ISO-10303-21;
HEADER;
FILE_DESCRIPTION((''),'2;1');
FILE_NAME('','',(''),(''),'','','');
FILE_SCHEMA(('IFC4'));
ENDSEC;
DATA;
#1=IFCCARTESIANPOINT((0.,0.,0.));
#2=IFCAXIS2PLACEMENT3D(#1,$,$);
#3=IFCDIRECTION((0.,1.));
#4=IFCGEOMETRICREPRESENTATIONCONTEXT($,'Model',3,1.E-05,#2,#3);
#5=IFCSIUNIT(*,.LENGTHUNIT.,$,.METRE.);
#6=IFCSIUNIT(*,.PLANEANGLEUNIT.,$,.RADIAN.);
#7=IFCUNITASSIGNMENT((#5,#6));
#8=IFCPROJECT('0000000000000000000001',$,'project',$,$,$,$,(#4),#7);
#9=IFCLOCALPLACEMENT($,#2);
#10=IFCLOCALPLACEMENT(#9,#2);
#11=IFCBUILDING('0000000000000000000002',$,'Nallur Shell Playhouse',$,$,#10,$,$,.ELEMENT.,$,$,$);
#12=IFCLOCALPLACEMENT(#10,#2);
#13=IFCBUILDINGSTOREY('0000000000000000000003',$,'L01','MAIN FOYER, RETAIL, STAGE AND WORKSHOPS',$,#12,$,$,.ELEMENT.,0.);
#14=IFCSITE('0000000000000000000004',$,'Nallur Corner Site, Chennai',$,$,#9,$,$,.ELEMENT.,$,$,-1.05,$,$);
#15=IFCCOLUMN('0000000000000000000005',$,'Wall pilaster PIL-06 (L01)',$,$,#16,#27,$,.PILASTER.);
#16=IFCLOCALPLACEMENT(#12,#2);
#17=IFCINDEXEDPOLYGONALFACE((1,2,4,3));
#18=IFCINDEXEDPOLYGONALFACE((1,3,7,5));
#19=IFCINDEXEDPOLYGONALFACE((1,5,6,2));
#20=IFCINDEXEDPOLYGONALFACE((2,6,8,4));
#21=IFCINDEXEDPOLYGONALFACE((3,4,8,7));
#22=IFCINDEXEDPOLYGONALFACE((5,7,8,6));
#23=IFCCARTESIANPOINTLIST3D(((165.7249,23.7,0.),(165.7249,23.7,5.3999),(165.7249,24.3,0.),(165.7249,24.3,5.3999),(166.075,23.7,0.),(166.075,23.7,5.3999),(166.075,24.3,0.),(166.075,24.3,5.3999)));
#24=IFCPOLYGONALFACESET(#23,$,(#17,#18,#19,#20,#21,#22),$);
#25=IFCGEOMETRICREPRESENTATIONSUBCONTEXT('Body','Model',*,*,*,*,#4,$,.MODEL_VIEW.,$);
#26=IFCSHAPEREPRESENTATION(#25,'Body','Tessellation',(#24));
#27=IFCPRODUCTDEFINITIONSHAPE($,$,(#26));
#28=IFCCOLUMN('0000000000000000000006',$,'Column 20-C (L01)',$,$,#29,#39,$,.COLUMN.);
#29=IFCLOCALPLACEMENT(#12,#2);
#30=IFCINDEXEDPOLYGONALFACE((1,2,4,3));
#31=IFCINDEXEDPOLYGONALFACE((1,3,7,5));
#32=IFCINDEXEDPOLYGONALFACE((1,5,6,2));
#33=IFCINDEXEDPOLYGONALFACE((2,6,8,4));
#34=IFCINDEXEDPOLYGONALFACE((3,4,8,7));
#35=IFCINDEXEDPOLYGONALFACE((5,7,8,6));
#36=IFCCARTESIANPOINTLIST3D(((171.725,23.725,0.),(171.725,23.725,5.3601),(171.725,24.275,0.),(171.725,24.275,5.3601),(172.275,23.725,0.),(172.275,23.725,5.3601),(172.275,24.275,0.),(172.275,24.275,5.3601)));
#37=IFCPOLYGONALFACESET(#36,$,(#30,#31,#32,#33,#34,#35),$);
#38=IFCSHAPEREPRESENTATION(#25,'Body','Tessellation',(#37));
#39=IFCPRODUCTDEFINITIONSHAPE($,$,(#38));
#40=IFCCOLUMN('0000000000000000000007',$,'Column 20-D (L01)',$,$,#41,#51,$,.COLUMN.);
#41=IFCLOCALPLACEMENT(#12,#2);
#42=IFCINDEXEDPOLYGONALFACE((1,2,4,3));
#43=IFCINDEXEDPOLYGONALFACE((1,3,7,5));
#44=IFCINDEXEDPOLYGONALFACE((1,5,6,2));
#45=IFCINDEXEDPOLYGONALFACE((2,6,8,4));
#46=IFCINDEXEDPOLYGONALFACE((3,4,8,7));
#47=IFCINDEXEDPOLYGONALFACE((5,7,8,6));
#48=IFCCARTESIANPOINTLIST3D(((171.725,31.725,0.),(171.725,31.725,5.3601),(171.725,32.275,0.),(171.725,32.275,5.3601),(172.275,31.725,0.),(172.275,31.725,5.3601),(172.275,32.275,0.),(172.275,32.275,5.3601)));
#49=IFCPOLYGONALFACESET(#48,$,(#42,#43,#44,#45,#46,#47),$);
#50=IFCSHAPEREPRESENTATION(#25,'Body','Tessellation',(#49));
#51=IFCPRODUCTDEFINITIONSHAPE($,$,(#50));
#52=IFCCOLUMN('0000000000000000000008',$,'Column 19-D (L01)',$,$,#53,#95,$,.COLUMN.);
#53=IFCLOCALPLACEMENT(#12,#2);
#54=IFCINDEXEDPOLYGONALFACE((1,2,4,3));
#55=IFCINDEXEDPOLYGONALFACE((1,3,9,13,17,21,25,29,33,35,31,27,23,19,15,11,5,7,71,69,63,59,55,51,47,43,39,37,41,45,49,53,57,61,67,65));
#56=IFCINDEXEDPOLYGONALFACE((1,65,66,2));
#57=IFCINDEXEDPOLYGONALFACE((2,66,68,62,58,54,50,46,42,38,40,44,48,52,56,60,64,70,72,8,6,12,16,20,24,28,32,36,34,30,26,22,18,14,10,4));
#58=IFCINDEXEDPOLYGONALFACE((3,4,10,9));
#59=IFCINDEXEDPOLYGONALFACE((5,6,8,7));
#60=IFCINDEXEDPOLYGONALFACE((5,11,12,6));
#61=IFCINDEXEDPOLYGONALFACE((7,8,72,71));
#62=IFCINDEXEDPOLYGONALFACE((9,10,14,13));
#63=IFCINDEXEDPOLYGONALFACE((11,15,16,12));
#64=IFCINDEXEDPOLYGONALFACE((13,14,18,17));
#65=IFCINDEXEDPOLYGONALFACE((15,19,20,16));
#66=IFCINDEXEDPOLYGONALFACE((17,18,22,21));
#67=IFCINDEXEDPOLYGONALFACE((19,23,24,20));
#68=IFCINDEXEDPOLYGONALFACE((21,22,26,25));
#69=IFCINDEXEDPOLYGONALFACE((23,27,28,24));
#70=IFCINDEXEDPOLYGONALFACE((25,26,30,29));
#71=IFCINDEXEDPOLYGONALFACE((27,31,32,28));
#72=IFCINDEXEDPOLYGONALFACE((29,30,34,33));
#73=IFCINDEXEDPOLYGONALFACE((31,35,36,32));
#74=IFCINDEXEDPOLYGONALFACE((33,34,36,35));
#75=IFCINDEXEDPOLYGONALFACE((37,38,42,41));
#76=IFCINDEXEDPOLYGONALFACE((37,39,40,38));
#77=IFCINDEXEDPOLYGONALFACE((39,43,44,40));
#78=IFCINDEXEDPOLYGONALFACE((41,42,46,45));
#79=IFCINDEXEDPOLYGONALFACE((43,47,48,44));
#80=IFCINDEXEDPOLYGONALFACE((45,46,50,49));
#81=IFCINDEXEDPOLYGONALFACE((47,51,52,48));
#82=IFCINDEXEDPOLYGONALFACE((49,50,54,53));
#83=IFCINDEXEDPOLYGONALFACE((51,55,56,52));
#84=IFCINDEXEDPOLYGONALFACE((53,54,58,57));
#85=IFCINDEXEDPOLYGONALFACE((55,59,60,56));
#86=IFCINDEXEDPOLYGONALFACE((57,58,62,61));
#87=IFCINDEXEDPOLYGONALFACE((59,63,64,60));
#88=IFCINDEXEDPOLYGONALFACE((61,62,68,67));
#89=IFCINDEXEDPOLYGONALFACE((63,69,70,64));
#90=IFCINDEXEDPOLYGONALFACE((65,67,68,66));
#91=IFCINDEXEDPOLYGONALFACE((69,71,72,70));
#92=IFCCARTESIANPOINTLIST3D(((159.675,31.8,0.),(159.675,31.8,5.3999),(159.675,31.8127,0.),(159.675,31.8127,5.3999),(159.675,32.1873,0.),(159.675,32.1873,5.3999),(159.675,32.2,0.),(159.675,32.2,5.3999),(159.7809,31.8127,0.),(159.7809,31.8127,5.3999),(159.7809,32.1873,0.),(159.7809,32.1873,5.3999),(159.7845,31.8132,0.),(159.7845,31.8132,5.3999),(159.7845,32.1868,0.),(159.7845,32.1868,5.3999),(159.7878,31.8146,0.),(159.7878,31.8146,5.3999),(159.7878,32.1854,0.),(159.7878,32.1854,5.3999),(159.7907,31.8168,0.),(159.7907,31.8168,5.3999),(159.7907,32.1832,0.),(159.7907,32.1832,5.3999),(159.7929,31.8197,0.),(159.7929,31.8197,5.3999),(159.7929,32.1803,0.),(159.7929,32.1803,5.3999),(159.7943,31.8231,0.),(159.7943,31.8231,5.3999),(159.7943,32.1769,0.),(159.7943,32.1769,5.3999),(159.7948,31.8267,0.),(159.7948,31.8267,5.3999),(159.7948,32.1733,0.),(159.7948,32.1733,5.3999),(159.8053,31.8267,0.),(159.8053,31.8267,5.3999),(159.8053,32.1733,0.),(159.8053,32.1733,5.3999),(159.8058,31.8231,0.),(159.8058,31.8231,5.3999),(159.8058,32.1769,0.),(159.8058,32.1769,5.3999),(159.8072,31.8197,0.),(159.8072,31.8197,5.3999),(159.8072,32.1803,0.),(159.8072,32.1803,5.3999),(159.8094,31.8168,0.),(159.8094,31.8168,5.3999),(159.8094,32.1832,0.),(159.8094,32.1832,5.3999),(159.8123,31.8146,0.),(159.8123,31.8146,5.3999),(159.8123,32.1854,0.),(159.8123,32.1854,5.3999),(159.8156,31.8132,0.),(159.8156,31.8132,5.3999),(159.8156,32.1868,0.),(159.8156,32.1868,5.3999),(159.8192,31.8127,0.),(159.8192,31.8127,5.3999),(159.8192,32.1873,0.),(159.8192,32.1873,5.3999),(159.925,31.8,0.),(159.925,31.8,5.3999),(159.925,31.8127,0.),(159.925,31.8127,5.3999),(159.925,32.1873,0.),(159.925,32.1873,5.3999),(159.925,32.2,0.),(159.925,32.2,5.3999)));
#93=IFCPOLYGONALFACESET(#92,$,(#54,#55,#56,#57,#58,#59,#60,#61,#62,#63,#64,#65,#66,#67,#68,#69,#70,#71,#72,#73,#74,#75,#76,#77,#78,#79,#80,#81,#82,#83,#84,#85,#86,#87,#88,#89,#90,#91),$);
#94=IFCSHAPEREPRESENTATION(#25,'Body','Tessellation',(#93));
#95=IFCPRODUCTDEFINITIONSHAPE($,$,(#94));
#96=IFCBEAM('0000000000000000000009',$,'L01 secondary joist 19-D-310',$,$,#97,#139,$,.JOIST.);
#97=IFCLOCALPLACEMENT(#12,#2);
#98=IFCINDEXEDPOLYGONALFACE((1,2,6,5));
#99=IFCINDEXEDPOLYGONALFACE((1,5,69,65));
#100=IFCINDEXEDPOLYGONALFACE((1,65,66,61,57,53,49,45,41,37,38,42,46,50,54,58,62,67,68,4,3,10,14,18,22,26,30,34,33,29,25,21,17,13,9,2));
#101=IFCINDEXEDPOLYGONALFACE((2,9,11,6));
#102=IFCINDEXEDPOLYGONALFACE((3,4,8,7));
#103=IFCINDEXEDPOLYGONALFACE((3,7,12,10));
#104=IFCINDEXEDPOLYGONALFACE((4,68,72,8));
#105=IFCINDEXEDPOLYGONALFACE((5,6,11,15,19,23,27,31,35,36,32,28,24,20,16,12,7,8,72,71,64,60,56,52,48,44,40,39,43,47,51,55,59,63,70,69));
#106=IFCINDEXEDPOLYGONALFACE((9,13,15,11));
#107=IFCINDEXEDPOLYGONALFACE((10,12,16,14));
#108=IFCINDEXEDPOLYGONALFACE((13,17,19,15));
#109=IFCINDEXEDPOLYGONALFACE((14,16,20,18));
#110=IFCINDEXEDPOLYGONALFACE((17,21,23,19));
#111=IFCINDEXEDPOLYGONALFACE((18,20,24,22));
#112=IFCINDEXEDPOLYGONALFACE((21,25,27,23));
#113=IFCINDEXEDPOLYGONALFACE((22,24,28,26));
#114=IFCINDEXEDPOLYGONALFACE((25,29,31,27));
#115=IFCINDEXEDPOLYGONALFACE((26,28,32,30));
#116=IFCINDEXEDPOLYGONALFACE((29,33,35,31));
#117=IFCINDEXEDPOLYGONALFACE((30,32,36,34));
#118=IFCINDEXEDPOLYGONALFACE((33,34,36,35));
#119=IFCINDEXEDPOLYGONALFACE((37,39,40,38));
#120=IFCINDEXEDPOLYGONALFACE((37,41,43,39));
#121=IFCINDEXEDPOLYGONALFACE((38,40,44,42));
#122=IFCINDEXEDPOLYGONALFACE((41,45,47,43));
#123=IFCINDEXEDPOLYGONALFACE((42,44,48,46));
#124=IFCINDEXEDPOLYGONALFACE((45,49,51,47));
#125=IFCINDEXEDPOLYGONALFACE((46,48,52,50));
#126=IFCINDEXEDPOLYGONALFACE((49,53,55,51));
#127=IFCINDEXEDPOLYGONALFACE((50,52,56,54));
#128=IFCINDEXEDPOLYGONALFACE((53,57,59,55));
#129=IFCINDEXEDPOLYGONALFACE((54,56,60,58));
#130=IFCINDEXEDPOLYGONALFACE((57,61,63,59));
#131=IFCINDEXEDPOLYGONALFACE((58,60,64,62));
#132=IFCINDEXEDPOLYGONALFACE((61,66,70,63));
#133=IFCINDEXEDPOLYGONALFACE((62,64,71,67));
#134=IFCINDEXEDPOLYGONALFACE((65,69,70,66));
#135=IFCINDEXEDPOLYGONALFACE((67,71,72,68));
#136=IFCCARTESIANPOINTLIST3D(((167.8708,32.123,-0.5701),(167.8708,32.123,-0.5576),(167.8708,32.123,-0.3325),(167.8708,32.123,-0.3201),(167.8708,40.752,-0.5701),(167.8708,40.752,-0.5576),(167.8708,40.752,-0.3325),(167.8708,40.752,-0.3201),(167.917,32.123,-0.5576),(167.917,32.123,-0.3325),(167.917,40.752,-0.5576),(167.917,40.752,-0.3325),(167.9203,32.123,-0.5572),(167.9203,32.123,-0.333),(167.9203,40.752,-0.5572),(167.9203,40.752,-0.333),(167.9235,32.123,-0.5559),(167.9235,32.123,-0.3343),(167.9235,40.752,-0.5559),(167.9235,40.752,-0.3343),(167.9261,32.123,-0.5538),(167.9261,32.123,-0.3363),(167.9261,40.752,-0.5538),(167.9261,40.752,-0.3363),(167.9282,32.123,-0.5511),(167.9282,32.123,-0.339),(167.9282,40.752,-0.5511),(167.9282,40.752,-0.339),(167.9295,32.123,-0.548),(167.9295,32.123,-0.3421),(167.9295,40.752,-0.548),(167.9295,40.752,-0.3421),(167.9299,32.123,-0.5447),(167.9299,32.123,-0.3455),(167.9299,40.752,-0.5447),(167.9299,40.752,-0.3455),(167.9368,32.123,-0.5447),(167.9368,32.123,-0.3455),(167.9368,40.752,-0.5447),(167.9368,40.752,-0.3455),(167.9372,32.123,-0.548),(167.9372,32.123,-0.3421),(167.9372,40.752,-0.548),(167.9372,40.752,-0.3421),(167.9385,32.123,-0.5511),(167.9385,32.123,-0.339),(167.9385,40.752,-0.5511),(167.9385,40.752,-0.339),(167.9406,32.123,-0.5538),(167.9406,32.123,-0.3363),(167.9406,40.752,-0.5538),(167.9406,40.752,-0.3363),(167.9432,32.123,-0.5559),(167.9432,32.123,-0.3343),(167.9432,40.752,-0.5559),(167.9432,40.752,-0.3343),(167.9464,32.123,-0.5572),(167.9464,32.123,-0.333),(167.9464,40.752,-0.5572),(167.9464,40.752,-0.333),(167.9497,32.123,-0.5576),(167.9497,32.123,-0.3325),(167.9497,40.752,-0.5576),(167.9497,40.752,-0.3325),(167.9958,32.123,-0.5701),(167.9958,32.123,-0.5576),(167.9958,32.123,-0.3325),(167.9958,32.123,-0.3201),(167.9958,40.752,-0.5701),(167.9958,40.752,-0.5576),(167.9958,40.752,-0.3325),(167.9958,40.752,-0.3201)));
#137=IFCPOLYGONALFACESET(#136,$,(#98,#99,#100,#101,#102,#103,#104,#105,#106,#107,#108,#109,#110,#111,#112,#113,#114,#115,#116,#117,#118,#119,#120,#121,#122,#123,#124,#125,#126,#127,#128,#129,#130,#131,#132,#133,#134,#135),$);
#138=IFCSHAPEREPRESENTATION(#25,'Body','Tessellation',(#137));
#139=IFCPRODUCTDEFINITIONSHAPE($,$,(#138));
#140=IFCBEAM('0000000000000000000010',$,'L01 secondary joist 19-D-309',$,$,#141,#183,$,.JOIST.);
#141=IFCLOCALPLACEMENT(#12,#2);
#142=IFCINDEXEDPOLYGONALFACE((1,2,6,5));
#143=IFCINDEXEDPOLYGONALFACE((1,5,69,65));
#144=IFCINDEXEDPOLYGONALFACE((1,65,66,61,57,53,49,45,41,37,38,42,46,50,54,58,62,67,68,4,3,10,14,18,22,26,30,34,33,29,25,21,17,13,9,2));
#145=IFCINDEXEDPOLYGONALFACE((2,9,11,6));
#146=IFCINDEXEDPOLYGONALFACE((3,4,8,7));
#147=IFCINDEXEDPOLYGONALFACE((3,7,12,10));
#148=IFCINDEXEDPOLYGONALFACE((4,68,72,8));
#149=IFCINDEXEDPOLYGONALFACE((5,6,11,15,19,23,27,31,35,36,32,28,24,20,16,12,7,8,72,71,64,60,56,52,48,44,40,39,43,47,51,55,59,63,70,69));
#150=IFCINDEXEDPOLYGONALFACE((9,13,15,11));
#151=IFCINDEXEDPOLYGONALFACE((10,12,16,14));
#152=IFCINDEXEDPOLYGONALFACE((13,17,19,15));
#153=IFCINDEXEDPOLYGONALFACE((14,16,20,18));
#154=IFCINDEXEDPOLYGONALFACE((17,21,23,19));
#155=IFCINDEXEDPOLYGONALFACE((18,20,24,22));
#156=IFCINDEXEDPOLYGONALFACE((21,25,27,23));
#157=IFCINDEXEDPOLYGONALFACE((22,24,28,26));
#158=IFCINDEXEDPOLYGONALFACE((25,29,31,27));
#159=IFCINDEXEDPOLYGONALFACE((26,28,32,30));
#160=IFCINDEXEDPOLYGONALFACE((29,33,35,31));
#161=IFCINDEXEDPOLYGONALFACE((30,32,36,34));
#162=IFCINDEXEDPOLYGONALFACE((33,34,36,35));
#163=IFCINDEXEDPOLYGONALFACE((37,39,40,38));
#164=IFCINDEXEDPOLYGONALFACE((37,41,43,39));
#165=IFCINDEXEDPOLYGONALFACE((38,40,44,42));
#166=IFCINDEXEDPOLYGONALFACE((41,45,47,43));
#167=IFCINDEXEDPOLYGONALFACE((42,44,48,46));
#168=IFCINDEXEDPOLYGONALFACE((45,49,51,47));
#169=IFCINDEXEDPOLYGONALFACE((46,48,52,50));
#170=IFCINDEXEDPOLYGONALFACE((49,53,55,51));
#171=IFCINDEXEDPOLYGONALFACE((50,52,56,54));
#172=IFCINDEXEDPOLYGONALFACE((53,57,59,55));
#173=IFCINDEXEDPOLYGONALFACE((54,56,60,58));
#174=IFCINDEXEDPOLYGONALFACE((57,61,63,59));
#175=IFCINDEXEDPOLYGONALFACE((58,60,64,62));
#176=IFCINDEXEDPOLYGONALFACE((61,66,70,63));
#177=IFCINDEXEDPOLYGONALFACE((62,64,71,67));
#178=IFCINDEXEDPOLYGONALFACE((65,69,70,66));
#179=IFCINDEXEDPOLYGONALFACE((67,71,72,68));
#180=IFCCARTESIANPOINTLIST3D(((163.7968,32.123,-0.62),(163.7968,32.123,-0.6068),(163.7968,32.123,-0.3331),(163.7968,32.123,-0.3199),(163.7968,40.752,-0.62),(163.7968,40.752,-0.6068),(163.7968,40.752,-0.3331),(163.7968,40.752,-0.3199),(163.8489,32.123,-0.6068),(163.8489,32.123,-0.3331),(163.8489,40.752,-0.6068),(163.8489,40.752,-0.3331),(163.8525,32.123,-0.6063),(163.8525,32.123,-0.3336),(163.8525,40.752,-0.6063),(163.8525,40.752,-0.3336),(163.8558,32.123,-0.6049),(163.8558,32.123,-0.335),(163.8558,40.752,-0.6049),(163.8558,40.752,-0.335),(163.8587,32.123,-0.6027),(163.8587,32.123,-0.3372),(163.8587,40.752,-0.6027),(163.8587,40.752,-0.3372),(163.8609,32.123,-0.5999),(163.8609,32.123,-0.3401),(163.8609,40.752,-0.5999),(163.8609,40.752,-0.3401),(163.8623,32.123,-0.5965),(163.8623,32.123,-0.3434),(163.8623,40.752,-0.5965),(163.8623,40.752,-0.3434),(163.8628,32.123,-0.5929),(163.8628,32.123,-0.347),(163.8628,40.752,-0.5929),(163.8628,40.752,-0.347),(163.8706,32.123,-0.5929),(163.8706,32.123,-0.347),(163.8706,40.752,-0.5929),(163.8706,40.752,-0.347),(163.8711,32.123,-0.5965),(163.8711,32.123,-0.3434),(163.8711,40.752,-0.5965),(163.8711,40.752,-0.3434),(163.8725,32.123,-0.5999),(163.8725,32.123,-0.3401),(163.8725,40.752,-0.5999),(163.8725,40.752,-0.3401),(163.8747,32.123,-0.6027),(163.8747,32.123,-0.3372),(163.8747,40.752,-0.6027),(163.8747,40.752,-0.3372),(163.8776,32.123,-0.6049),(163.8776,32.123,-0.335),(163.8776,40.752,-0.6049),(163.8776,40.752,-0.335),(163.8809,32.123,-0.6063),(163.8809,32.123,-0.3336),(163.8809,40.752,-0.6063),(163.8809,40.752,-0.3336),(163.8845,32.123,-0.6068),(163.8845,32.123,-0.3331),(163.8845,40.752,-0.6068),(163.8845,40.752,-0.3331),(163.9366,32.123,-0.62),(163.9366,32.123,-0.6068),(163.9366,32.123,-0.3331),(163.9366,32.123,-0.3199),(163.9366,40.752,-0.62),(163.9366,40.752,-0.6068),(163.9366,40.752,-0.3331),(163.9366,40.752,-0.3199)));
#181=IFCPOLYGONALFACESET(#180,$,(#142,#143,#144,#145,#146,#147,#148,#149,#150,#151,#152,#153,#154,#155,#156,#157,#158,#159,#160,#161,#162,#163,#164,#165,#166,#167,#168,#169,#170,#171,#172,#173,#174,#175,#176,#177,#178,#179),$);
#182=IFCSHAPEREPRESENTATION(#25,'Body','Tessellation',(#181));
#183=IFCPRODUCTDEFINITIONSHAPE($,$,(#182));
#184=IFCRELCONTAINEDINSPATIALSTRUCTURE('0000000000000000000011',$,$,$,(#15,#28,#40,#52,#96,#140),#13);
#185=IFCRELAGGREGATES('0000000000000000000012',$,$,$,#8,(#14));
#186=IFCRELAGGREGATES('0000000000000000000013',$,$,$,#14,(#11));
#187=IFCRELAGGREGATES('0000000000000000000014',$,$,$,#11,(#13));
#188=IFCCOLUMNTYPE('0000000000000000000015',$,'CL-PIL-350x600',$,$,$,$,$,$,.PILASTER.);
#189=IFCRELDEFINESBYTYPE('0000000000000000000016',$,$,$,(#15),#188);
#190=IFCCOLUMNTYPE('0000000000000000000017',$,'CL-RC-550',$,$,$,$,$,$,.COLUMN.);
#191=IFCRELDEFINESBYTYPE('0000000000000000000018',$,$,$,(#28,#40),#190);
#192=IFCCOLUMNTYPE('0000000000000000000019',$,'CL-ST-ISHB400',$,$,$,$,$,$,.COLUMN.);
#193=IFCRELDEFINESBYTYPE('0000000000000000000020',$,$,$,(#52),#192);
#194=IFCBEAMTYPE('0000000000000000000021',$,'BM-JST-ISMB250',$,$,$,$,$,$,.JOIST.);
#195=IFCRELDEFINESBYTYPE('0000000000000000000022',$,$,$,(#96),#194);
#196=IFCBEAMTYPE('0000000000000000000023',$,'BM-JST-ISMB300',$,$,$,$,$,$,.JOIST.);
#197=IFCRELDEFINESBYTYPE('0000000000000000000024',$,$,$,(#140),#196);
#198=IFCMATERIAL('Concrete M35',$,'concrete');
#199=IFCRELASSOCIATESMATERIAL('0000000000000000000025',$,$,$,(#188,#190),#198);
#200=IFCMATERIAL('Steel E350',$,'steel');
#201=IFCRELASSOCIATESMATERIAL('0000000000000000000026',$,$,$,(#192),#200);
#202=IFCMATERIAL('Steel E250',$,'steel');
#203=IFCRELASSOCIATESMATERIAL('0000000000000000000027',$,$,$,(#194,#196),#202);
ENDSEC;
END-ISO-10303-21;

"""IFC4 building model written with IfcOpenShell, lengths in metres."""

from ifc_helpers import new_model, si_unit, direction, frame, origin, origin_2d, place, context, subcontext, project, spatial, rectangle, i_section, extrude, material, material_profile, profile_set, type_object, element, save


model = new_model("IFC4")

# Units and contexts
model_context = context("Model", 3, precision=1e-05, world=origin(), true_north=direction((0.0, 1.0)))
body_context = subcontext(model_context, "Body", "Model", "MODEL_VIEW")
ifc_project = project(units=[si_unit("LENGTHUNIT", "METRE"), si_unit("PLANEANGLEUNIT", "RADIAN")], contexts=[model_context])

# Site, building, storey
site_placement = place(None, origin())
site = spatial("IfcSite", under=ifc_project, at=site_placement, Name="Nallur Corner Site, Chennai", CompositionType="ELEMENT", RefElevation=-1.05)
building_placement = place(site_placement, origin())
building = spatial("IfcBuilding", under=site, at=building_placement, Name="Nallur Shell Playhouse", CompositionType="ELEMENT")
storey_placement = place(building_placement, origin())
storey = spatial("IfcBuildingStorey", under=building, at=storey_placement, Name="L01", Description="MAIN FOYER, RETAIL, STAGE AND WORKSHOPS", CompositionType="ELEMENT", Elevation=0.0)

# Columns
ifc_material_1 = material(Name="Concrete M35", Category="concrete")
ifc_material_profile_1 = material_profile(ifc_material_1, rectangle(XDim=0.3501, YDim=0.6001, at=origin_2d()), Name="RC 350x600")
ifc_profile_set_1 = profile_set([ifc_material_profile_1], Name="Concrete M35")
column_type_1 = type_object("IfcColumnType", Name="CL-PIL-350x600", PredefinedType="PILASTER", material=ifc_profile_set_1)
column_1_placement = place(storey_placement, frame((165.8999, 24.0, 0.0), z_axis=(0.0, 0.0, 1.0), x_axis=(1.0, 0.0, 0.0)))
element("IfcColumn", 1, at=column_1_placement, inside=storey, type_object=column_type_1, Name="Wall pilaster PIL-06 (L01)", PredefinedType="PILASTER", context=body_context, shape_type="SweptSolid", body=[
    extrude(rectangle(XDim=0.3501, YDim=0.6001, at=origin_2d()), origin(), (0.0, 0.0, 1.0), 5.3999),
])
ifc_material_profile_2 = material_profile(ifc_material_1, rectangle(XDim=0.55, YDim=0.55, at=origin_2d()), Name="RC 550x550")
ifc_profile_set_2 = profile_set([ifc_material_profile_2], Name="Concrete M35")
column_type_2 = type_object("IfcColumnType", Name="CL-RC-550", PredefinedType="COLUMN", material=ifc_profile_set_2)
for number, where, z_axis, x_axis, name in (
    (2, (172.0, 24.0, 0.0), (0.0, 0.0, 1.0), (1.0, 0.0, 0.0), "Column 20-C (L01)"),
    (3, (172.0, 32.0, 0.0), (0.0, 0.0, 1.0), (1.0, 0.0, 0.0), "Column 20-D (L01)"),
):
    element("IfcColumn", number, at=place(storey_placement, frame(where, z_axis=z_axis, x_axis=x_axis)), inside=storey, type_object=column_type_2, Name=name, PredefinedType="COLUMN", context=body_context, shape_type="SweptSolid", body=[
        extrude(rectangle(XDim=0.55, YDim=0.55, at=origin_2d()), origin(), (0.0, 0.0, 1.0), 5.3601),
    ])
ifc_material_2 = material(Name="Steel E350", Category="steel")
ifc_material_profile_3 = material_profile(ifc_material_2, i_section(OverallWidth=0.25, OverallDepth=0.3999, WebThickness=0.0105, FlangeThickness=0.0127, FilletRadius=0.0139, at=origin_2d()), Name="ISHB 400")
ifc_profile_set_3 = profile_set([ifc_material_profile_3], Name="Steel E350")
column_type_3 = type_object("IfcColumnType", Name="CL-ST-ISHB400", PredefinedType="COLUMN", material=ifc_profile_set_3)
column_2_placement = place(storey_placement, frame((159.8, 32.0, 0.0), z_axis=(0.0, 0.0, 1.0), x_axis=(1.0, 0.0, 0.0)))
element("IfcColumn", 4, at=column_2_placement, inside=storey, type_object=column_type_3, Name="Column 19-D (L01)", PredefinedType="COLUMN", context=body_context, shape_type="SweptSolid", body=[
    extrude(i_section(OverallWidth=0.25, OverallDepth=0.3999, WebThickness=0.0105, FlangeThickness=0.0127, FilletRadius=0.0139, at=origin_2d()), origin(), (0.0, 0.0, 1.0), 5.3999),
])

# Beams
ifc_material_3 = material(Name="Steel E250", Category="steel")
ifc_material_profile_4 = material_profile(ifc_material_3, i_section(OverallWidth=0.125, OverallDepth=0.25, WebThickness=0.0068, FlangeThickness=0.0125, FilletRadius=0.0129, at=origin_2d()), Name="ISMB 250")
ifc_profile_set_4 = profile_set([ifc_material_profile_4], Name="Steel E250")
beam_type_1 = type_object("IfcBeamType", Name="BM-JST-ISMB250", PredefinedType="JOIST", material=ifc_profile_set_4)
beam_1_placement = place(storey_placement, frame((167.9333, 32.123, -0.4451), z_axis=(0.0, 1.0, 0.0), x_axis=(-1.0, 0.0, 0.0)))
element("IfcBeam", 5, at=beam_1_placement, inside=storey, type_object=beam_type_1, Name="L01 secondary joist 19-D-310", PredefinedType="JOIST", context=body_context, shape_type="SweptSolid", body=[
    extrude(i_section(OverallWidth=0.125, OverallDepth=0.25, WebThickness=0.0068, FlangeThickness=0.0125, FilletRadius=0.0129, at=origin_2d()), origin(), (0.0, 0.0, 1.0), 8.6289),
])
ifc_material_profile_5 = material_profile(ifc_material_3, i_section(OverallWidth=0.1399, OverallDepth=0.3, WebThickness=0.0078, FlangeThickness=0.0132, FilletRadius=0.0139, at=origin_2d()), Name="ISMB 300")
ifc_profile_set_5 = profile_set([ifc_material_profile_5], Name="Steel E250")
beam_type_2 = type_object("IfcBeamType", Name="BM-JST-ISMB300", PredefinedType="JOIST", material=ifc_profile_set_5)
beam_2_placement = place(storey_placement, frame((163.8667, 32.123, -0.47), z_axis=(0.0, 1.0, 0.0), x_axis=(-1.0, 0.0, 0.0)))
element("IfcBeam", 6, at=beam_2_placement, inside=storey, type_object=beam_type_2, Name="L01 secondary joist 19-D-309", PredefinedType="JOIST", context=body_context, shape_type="SweptSolid", body=[
    extrude(i_section(OverallWidth=0.1399, OverallDepth=0.3, WebThickness=0.0078, FlangeThickness=0.0132, FilletRadius=0.0139, at=origin_2d()), origin(), (0.0, 0.0, 1.0), 8.6289),
])

save(model, "model.ifc")
